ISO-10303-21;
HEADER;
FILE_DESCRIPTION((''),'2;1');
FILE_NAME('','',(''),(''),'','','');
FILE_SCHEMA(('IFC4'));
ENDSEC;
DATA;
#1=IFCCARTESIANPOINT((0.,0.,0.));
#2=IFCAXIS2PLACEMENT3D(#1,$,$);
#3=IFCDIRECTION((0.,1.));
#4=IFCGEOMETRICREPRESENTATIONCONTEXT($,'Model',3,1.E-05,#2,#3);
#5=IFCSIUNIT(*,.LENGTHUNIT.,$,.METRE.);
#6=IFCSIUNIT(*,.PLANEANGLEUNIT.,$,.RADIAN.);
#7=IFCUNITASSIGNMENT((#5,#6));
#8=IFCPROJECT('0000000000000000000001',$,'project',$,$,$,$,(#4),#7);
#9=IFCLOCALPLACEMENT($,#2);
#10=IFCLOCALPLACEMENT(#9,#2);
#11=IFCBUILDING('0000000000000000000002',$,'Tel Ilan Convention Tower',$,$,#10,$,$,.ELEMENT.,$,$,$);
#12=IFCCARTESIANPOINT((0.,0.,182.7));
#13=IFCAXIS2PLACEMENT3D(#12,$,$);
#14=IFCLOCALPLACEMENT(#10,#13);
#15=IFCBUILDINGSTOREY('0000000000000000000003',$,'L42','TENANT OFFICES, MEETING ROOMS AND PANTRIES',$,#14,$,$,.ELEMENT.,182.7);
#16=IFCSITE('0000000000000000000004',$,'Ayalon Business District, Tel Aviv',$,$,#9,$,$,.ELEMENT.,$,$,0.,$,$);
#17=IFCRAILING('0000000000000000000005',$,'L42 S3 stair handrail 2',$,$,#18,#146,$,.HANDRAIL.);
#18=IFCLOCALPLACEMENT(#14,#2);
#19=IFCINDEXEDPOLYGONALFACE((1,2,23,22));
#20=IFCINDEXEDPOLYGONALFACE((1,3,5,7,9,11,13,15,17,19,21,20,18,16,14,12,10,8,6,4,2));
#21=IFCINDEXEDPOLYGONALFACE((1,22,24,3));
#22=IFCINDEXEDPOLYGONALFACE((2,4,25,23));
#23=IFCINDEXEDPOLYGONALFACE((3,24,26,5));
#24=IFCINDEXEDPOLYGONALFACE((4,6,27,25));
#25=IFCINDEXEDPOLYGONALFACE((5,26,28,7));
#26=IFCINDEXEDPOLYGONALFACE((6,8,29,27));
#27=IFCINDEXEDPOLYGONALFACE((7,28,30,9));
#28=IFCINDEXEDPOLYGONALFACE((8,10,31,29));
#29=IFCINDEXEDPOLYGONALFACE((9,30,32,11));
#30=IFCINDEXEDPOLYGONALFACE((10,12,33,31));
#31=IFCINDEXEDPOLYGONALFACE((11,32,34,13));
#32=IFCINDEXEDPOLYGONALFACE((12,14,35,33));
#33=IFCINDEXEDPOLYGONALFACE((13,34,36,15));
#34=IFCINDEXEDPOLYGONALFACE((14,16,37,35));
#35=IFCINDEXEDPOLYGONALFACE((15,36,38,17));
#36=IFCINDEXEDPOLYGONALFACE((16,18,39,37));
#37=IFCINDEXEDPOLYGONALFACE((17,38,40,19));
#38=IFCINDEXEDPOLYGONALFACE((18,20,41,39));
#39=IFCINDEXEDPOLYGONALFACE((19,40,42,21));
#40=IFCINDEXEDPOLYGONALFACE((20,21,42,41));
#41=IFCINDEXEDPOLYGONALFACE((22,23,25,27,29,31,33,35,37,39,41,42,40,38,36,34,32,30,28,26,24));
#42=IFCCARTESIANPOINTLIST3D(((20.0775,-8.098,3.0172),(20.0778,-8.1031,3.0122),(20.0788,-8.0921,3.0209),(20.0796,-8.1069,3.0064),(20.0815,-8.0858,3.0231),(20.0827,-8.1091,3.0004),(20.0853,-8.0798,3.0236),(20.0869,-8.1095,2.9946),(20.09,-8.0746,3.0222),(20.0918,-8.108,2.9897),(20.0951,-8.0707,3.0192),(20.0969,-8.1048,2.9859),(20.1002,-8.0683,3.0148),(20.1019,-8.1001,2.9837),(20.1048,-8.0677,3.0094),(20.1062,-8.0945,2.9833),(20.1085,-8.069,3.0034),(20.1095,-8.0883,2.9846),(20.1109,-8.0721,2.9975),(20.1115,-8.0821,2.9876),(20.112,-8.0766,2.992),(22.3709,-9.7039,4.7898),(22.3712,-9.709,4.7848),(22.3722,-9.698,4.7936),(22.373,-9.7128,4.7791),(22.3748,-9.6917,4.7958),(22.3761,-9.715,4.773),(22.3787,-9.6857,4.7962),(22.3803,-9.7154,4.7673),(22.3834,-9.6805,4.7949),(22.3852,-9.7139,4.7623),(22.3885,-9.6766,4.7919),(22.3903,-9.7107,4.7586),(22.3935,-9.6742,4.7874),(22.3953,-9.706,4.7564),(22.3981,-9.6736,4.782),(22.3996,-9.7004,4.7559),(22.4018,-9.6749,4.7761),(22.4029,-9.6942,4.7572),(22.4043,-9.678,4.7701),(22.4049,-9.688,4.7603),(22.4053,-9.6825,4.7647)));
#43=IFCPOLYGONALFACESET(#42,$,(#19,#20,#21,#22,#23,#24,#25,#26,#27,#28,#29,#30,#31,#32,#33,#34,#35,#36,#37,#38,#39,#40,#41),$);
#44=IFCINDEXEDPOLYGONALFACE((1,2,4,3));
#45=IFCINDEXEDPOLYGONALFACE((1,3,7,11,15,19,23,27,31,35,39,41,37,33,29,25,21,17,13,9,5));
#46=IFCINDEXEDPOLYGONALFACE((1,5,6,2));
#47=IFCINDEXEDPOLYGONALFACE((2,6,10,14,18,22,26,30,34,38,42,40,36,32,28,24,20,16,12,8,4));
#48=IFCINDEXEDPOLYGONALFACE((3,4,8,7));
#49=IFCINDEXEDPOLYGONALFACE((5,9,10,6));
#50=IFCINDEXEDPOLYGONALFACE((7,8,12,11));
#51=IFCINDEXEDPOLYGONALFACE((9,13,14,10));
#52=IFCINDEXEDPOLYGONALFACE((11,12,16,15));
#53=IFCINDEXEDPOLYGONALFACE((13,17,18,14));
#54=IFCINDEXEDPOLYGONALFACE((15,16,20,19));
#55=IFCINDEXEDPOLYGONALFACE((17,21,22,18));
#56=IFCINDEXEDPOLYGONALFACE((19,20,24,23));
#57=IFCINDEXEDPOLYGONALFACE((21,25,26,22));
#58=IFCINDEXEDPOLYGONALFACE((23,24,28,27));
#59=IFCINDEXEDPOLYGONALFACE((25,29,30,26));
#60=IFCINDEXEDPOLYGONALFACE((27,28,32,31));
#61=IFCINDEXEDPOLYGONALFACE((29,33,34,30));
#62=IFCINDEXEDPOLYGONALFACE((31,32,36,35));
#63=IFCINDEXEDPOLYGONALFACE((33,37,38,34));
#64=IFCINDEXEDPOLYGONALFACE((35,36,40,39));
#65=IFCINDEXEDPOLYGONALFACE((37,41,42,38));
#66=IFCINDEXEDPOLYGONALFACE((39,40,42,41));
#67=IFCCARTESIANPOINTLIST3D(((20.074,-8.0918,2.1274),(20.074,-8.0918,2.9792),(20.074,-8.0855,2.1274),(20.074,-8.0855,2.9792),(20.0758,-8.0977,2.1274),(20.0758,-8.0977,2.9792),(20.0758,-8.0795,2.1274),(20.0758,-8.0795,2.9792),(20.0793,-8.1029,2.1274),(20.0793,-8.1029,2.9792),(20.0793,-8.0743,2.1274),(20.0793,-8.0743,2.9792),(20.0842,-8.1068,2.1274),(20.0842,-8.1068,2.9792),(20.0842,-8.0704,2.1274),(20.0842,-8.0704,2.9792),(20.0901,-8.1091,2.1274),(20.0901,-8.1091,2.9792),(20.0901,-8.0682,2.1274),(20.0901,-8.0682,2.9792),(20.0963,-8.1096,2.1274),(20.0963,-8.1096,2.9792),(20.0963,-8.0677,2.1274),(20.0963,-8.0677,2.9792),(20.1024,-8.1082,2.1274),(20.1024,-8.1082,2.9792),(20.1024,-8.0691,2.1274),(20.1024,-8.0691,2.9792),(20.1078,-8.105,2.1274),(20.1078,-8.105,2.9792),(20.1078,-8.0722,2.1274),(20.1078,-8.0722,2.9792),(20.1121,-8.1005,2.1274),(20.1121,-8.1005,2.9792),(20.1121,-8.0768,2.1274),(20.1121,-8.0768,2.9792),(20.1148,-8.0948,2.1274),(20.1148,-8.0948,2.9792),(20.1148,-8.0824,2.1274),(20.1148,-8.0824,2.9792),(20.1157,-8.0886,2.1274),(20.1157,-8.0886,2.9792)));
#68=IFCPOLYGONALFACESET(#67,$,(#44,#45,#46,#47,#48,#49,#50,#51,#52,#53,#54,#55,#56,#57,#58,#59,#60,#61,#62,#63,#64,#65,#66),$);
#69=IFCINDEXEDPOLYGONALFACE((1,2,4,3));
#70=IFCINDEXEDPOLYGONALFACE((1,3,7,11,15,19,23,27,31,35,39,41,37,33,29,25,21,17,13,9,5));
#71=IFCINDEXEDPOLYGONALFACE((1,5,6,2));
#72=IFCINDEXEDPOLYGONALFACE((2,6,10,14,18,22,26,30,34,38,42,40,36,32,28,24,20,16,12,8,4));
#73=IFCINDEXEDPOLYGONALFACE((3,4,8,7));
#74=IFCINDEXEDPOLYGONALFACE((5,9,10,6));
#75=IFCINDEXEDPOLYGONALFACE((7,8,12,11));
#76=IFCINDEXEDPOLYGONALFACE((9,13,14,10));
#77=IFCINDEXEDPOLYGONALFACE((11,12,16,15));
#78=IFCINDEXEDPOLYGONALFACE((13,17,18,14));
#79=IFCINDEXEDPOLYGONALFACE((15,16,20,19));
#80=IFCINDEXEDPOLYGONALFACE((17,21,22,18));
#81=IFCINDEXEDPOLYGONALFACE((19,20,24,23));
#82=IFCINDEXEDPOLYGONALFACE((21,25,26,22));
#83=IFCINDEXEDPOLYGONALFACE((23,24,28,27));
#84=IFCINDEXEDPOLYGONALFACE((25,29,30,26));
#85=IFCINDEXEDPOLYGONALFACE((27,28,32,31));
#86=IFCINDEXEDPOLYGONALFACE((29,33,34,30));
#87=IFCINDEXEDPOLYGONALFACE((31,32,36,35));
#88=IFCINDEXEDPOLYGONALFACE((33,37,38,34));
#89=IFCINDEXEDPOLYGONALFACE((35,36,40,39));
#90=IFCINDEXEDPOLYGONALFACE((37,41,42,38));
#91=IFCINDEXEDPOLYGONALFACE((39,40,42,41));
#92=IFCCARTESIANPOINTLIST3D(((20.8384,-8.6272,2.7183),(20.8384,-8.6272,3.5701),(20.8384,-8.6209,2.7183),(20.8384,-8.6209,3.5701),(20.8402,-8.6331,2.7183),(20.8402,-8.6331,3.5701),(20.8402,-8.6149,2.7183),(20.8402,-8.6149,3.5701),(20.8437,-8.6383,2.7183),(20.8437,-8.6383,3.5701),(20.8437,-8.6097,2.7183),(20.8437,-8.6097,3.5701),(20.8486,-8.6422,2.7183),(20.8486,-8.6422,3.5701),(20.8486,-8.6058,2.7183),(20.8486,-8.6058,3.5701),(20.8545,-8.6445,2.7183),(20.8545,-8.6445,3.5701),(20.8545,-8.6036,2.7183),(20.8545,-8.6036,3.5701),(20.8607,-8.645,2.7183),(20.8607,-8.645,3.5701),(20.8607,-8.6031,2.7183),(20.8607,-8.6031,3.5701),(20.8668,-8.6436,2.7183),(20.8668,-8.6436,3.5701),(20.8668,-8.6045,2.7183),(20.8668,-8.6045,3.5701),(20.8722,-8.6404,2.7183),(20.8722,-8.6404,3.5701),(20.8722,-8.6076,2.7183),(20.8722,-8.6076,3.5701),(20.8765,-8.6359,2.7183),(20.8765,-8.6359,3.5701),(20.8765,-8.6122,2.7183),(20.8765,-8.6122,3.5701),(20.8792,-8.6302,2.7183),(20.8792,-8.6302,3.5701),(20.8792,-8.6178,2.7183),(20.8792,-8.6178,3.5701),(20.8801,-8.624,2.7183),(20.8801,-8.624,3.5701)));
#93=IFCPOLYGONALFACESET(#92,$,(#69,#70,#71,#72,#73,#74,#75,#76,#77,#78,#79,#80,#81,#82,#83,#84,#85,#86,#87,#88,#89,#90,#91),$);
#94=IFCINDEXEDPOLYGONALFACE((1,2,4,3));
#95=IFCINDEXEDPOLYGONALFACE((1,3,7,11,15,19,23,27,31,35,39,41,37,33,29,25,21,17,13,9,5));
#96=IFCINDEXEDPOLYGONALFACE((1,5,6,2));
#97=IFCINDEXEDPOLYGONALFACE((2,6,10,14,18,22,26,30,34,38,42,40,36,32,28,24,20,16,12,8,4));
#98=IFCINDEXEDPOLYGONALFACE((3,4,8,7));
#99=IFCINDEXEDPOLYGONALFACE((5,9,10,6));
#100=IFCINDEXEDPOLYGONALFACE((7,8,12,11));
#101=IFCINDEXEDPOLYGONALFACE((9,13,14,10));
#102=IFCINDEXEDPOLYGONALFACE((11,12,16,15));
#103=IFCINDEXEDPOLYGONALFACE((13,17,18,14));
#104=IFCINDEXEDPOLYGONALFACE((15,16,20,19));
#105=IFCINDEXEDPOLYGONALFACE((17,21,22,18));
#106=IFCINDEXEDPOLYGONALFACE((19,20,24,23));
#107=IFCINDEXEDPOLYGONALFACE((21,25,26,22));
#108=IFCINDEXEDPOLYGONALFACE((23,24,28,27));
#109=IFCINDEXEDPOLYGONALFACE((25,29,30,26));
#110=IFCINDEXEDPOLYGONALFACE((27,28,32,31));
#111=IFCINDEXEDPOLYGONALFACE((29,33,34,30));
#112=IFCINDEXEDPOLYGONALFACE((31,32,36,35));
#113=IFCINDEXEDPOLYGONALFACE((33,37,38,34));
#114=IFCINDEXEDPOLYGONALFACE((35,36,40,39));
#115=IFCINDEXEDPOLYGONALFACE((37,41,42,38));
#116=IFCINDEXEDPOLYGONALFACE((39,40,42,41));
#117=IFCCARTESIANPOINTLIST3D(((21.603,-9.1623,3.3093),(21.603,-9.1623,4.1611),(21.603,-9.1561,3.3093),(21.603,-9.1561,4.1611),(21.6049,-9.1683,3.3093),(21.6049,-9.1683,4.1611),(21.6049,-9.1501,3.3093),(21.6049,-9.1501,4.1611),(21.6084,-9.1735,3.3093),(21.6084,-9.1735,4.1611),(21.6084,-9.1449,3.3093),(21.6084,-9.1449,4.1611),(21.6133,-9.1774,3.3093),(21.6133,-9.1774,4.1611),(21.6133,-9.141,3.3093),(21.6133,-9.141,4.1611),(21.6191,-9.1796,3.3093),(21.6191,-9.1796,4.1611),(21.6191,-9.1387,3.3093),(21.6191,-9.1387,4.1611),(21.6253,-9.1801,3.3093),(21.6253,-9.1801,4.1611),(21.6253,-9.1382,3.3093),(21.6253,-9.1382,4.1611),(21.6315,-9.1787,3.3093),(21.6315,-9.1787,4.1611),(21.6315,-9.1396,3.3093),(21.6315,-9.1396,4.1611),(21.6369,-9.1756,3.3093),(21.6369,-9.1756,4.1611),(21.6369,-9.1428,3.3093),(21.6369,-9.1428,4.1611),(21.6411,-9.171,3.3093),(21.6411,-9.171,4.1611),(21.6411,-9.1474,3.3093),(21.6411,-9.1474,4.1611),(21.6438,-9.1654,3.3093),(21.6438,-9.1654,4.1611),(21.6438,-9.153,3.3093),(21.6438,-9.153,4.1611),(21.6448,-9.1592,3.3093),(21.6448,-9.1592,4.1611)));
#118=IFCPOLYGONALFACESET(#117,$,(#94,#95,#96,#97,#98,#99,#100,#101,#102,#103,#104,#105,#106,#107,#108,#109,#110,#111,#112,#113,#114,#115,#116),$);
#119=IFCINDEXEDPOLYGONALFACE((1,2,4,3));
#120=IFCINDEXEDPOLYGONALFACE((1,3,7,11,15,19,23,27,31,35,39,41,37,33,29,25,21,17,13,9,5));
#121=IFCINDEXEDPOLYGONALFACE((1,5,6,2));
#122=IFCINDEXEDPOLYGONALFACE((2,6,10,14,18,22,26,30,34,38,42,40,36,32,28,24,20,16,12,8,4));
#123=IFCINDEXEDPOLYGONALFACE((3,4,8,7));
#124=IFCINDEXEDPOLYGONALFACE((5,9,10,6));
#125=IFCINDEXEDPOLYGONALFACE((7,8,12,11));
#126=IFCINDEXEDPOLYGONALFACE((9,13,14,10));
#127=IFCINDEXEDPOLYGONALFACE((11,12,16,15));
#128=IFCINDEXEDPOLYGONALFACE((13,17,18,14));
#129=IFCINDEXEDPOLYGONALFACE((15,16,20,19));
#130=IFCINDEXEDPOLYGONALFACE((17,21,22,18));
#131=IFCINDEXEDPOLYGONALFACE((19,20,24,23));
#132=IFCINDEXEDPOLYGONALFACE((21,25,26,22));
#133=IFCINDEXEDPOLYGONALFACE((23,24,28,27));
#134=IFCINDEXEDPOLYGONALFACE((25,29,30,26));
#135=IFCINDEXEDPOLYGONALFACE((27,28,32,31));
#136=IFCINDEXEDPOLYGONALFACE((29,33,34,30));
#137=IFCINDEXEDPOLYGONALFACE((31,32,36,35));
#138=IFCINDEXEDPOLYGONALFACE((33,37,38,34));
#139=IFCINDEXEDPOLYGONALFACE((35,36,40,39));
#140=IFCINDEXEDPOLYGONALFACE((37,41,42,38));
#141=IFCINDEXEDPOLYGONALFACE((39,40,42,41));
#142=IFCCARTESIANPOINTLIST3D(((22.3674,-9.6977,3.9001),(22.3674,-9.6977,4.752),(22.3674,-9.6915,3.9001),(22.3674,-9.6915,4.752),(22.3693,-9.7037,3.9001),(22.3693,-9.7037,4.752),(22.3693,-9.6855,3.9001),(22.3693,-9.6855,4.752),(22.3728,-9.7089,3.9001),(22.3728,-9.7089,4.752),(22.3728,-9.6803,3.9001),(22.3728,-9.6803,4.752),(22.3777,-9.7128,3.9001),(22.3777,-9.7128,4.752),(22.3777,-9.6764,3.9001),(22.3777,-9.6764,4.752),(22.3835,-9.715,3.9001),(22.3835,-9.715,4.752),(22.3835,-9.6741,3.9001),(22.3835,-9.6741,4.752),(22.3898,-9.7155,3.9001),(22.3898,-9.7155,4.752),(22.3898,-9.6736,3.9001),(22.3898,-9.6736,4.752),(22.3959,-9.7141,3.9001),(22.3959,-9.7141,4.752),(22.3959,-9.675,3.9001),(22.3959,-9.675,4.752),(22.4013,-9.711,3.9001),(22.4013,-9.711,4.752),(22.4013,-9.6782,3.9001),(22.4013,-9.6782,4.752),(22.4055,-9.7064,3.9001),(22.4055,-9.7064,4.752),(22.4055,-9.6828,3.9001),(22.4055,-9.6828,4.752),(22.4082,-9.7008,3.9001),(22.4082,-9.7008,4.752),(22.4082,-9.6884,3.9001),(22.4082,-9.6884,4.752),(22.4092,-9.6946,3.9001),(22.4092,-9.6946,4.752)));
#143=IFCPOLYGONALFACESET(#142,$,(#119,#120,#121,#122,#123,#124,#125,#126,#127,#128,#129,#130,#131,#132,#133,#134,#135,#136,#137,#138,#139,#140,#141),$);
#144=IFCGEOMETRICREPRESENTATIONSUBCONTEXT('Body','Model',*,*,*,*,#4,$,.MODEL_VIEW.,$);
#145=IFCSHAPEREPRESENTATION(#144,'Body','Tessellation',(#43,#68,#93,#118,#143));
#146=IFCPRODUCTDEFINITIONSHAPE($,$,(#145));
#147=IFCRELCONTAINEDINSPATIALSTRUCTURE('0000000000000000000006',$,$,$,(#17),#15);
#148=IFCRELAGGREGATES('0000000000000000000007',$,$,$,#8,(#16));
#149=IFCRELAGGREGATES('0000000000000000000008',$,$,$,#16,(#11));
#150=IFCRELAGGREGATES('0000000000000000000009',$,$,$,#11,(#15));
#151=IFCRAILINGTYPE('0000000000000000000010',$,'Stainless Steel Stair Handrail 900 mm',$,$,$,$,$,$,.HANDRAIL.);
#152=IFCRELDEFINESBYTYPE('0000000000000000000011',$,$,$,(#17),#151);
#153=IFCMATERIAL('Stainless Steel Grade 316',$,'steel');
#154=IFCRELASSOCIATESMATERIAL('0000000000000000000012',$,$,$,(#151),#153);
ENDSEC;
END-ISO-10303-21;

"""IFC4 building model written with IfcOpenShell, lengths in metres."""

from ifc_helpers import new_model, si_unit, direction, frame, origin, origin_2d, place, context, subcontext, project, spatial, circle, extrude, material, type_object, element, save


model = new_model("IFC4")

# Units and contexts
model_context = context("Model", 3, precision=1e-05, world=origin(), true_north=direction((0.0, 1.0)))
body_context = subcontext(model_context, "Body", "Model", "MODEL_VIEW")
ifc_project = project(units=[si_unit("LENGTHUNIT", "METRE"), si_unit("PLANEANGLEUNIT", "RADIAN")], contexts=[model_context])

# Site, building, storey
site_placement = place(None, origin())
site = spatial("IfcSite", under=ifc_project, at=site_placement, Name="Ayalon Business District, Tel Aviv", CompositionType="ELEMENT", RefElevation=0.0)
building_placement = place(site_placement, origin())
building = spatial("IfcBuilding", under=site, at=building_placement, Name="Tel Ilan Convention Tower", CompositionType="ELEMENT")
storey_placement = place(building_placement, frame((0.0, 0.0, 182.7)))
storey = spatial("IfcBuildingStorey", under=building, at=storey_placement, Name="L42", Description="TENANT OFFICES, MEETING ROOMS AND PANTRIES", CompositionType="ELEMENT", Elevation=182.7)

# Railing
ifc_material_1 = material(Name="Stainless Steel Grade 316", Category="steel")
railing_type_1 = type_object("IfcRailingType", Name="Stainless Steel Stair Handrail 900 mm", PredefinedType="HANDRAIL", material=ifc_material_1)
railing_1_placement = place(storey_placement, frame((20.0947, -8.0886, 2.1274)))
element("IfcRailing", 1, at=railing_1_placement, inside=storey, type_object=railing_type_1, Name="L42 S3 stair handrail 2", PredefinedType="HANDRAIL", context=body_context, shape_type="SweptSolid", body=[
    extrude(circle(Radius=0.0239, at=origin_2d()), frame((0.0, 0.0, 0.876), z_axis=(0.692085, -0.484621, 0.53494), x_axis=(0.573591, 0.819142, 0.0)), (0.0, 0.0, 1.0), 3.3137),
    extrude(circle(Radius=0.021, at=origin_2d()), origin(), (0.0, 0.0, 1.0), 0.8518),
    extrude(circle(Radius=0.021, at=origin_2d()), frame((0.7644, -0.5354, 0.5908)), (0.0, 0.0, 1.0), 0.8518),
    extrude(circle(Radius=0.021, at=origin_2d()), frame((1.5291, -1.0706, 1.1819)), (0.0, 0.0, 1.0), 0.8518),
    extrude(circle(Radius=0.021, at=origin_2d()), frame((2.2935, -1.606, 1.7727)), (0.0, 0.0, 1.0), 0.8518),
])

save(model, "model.ifc")
